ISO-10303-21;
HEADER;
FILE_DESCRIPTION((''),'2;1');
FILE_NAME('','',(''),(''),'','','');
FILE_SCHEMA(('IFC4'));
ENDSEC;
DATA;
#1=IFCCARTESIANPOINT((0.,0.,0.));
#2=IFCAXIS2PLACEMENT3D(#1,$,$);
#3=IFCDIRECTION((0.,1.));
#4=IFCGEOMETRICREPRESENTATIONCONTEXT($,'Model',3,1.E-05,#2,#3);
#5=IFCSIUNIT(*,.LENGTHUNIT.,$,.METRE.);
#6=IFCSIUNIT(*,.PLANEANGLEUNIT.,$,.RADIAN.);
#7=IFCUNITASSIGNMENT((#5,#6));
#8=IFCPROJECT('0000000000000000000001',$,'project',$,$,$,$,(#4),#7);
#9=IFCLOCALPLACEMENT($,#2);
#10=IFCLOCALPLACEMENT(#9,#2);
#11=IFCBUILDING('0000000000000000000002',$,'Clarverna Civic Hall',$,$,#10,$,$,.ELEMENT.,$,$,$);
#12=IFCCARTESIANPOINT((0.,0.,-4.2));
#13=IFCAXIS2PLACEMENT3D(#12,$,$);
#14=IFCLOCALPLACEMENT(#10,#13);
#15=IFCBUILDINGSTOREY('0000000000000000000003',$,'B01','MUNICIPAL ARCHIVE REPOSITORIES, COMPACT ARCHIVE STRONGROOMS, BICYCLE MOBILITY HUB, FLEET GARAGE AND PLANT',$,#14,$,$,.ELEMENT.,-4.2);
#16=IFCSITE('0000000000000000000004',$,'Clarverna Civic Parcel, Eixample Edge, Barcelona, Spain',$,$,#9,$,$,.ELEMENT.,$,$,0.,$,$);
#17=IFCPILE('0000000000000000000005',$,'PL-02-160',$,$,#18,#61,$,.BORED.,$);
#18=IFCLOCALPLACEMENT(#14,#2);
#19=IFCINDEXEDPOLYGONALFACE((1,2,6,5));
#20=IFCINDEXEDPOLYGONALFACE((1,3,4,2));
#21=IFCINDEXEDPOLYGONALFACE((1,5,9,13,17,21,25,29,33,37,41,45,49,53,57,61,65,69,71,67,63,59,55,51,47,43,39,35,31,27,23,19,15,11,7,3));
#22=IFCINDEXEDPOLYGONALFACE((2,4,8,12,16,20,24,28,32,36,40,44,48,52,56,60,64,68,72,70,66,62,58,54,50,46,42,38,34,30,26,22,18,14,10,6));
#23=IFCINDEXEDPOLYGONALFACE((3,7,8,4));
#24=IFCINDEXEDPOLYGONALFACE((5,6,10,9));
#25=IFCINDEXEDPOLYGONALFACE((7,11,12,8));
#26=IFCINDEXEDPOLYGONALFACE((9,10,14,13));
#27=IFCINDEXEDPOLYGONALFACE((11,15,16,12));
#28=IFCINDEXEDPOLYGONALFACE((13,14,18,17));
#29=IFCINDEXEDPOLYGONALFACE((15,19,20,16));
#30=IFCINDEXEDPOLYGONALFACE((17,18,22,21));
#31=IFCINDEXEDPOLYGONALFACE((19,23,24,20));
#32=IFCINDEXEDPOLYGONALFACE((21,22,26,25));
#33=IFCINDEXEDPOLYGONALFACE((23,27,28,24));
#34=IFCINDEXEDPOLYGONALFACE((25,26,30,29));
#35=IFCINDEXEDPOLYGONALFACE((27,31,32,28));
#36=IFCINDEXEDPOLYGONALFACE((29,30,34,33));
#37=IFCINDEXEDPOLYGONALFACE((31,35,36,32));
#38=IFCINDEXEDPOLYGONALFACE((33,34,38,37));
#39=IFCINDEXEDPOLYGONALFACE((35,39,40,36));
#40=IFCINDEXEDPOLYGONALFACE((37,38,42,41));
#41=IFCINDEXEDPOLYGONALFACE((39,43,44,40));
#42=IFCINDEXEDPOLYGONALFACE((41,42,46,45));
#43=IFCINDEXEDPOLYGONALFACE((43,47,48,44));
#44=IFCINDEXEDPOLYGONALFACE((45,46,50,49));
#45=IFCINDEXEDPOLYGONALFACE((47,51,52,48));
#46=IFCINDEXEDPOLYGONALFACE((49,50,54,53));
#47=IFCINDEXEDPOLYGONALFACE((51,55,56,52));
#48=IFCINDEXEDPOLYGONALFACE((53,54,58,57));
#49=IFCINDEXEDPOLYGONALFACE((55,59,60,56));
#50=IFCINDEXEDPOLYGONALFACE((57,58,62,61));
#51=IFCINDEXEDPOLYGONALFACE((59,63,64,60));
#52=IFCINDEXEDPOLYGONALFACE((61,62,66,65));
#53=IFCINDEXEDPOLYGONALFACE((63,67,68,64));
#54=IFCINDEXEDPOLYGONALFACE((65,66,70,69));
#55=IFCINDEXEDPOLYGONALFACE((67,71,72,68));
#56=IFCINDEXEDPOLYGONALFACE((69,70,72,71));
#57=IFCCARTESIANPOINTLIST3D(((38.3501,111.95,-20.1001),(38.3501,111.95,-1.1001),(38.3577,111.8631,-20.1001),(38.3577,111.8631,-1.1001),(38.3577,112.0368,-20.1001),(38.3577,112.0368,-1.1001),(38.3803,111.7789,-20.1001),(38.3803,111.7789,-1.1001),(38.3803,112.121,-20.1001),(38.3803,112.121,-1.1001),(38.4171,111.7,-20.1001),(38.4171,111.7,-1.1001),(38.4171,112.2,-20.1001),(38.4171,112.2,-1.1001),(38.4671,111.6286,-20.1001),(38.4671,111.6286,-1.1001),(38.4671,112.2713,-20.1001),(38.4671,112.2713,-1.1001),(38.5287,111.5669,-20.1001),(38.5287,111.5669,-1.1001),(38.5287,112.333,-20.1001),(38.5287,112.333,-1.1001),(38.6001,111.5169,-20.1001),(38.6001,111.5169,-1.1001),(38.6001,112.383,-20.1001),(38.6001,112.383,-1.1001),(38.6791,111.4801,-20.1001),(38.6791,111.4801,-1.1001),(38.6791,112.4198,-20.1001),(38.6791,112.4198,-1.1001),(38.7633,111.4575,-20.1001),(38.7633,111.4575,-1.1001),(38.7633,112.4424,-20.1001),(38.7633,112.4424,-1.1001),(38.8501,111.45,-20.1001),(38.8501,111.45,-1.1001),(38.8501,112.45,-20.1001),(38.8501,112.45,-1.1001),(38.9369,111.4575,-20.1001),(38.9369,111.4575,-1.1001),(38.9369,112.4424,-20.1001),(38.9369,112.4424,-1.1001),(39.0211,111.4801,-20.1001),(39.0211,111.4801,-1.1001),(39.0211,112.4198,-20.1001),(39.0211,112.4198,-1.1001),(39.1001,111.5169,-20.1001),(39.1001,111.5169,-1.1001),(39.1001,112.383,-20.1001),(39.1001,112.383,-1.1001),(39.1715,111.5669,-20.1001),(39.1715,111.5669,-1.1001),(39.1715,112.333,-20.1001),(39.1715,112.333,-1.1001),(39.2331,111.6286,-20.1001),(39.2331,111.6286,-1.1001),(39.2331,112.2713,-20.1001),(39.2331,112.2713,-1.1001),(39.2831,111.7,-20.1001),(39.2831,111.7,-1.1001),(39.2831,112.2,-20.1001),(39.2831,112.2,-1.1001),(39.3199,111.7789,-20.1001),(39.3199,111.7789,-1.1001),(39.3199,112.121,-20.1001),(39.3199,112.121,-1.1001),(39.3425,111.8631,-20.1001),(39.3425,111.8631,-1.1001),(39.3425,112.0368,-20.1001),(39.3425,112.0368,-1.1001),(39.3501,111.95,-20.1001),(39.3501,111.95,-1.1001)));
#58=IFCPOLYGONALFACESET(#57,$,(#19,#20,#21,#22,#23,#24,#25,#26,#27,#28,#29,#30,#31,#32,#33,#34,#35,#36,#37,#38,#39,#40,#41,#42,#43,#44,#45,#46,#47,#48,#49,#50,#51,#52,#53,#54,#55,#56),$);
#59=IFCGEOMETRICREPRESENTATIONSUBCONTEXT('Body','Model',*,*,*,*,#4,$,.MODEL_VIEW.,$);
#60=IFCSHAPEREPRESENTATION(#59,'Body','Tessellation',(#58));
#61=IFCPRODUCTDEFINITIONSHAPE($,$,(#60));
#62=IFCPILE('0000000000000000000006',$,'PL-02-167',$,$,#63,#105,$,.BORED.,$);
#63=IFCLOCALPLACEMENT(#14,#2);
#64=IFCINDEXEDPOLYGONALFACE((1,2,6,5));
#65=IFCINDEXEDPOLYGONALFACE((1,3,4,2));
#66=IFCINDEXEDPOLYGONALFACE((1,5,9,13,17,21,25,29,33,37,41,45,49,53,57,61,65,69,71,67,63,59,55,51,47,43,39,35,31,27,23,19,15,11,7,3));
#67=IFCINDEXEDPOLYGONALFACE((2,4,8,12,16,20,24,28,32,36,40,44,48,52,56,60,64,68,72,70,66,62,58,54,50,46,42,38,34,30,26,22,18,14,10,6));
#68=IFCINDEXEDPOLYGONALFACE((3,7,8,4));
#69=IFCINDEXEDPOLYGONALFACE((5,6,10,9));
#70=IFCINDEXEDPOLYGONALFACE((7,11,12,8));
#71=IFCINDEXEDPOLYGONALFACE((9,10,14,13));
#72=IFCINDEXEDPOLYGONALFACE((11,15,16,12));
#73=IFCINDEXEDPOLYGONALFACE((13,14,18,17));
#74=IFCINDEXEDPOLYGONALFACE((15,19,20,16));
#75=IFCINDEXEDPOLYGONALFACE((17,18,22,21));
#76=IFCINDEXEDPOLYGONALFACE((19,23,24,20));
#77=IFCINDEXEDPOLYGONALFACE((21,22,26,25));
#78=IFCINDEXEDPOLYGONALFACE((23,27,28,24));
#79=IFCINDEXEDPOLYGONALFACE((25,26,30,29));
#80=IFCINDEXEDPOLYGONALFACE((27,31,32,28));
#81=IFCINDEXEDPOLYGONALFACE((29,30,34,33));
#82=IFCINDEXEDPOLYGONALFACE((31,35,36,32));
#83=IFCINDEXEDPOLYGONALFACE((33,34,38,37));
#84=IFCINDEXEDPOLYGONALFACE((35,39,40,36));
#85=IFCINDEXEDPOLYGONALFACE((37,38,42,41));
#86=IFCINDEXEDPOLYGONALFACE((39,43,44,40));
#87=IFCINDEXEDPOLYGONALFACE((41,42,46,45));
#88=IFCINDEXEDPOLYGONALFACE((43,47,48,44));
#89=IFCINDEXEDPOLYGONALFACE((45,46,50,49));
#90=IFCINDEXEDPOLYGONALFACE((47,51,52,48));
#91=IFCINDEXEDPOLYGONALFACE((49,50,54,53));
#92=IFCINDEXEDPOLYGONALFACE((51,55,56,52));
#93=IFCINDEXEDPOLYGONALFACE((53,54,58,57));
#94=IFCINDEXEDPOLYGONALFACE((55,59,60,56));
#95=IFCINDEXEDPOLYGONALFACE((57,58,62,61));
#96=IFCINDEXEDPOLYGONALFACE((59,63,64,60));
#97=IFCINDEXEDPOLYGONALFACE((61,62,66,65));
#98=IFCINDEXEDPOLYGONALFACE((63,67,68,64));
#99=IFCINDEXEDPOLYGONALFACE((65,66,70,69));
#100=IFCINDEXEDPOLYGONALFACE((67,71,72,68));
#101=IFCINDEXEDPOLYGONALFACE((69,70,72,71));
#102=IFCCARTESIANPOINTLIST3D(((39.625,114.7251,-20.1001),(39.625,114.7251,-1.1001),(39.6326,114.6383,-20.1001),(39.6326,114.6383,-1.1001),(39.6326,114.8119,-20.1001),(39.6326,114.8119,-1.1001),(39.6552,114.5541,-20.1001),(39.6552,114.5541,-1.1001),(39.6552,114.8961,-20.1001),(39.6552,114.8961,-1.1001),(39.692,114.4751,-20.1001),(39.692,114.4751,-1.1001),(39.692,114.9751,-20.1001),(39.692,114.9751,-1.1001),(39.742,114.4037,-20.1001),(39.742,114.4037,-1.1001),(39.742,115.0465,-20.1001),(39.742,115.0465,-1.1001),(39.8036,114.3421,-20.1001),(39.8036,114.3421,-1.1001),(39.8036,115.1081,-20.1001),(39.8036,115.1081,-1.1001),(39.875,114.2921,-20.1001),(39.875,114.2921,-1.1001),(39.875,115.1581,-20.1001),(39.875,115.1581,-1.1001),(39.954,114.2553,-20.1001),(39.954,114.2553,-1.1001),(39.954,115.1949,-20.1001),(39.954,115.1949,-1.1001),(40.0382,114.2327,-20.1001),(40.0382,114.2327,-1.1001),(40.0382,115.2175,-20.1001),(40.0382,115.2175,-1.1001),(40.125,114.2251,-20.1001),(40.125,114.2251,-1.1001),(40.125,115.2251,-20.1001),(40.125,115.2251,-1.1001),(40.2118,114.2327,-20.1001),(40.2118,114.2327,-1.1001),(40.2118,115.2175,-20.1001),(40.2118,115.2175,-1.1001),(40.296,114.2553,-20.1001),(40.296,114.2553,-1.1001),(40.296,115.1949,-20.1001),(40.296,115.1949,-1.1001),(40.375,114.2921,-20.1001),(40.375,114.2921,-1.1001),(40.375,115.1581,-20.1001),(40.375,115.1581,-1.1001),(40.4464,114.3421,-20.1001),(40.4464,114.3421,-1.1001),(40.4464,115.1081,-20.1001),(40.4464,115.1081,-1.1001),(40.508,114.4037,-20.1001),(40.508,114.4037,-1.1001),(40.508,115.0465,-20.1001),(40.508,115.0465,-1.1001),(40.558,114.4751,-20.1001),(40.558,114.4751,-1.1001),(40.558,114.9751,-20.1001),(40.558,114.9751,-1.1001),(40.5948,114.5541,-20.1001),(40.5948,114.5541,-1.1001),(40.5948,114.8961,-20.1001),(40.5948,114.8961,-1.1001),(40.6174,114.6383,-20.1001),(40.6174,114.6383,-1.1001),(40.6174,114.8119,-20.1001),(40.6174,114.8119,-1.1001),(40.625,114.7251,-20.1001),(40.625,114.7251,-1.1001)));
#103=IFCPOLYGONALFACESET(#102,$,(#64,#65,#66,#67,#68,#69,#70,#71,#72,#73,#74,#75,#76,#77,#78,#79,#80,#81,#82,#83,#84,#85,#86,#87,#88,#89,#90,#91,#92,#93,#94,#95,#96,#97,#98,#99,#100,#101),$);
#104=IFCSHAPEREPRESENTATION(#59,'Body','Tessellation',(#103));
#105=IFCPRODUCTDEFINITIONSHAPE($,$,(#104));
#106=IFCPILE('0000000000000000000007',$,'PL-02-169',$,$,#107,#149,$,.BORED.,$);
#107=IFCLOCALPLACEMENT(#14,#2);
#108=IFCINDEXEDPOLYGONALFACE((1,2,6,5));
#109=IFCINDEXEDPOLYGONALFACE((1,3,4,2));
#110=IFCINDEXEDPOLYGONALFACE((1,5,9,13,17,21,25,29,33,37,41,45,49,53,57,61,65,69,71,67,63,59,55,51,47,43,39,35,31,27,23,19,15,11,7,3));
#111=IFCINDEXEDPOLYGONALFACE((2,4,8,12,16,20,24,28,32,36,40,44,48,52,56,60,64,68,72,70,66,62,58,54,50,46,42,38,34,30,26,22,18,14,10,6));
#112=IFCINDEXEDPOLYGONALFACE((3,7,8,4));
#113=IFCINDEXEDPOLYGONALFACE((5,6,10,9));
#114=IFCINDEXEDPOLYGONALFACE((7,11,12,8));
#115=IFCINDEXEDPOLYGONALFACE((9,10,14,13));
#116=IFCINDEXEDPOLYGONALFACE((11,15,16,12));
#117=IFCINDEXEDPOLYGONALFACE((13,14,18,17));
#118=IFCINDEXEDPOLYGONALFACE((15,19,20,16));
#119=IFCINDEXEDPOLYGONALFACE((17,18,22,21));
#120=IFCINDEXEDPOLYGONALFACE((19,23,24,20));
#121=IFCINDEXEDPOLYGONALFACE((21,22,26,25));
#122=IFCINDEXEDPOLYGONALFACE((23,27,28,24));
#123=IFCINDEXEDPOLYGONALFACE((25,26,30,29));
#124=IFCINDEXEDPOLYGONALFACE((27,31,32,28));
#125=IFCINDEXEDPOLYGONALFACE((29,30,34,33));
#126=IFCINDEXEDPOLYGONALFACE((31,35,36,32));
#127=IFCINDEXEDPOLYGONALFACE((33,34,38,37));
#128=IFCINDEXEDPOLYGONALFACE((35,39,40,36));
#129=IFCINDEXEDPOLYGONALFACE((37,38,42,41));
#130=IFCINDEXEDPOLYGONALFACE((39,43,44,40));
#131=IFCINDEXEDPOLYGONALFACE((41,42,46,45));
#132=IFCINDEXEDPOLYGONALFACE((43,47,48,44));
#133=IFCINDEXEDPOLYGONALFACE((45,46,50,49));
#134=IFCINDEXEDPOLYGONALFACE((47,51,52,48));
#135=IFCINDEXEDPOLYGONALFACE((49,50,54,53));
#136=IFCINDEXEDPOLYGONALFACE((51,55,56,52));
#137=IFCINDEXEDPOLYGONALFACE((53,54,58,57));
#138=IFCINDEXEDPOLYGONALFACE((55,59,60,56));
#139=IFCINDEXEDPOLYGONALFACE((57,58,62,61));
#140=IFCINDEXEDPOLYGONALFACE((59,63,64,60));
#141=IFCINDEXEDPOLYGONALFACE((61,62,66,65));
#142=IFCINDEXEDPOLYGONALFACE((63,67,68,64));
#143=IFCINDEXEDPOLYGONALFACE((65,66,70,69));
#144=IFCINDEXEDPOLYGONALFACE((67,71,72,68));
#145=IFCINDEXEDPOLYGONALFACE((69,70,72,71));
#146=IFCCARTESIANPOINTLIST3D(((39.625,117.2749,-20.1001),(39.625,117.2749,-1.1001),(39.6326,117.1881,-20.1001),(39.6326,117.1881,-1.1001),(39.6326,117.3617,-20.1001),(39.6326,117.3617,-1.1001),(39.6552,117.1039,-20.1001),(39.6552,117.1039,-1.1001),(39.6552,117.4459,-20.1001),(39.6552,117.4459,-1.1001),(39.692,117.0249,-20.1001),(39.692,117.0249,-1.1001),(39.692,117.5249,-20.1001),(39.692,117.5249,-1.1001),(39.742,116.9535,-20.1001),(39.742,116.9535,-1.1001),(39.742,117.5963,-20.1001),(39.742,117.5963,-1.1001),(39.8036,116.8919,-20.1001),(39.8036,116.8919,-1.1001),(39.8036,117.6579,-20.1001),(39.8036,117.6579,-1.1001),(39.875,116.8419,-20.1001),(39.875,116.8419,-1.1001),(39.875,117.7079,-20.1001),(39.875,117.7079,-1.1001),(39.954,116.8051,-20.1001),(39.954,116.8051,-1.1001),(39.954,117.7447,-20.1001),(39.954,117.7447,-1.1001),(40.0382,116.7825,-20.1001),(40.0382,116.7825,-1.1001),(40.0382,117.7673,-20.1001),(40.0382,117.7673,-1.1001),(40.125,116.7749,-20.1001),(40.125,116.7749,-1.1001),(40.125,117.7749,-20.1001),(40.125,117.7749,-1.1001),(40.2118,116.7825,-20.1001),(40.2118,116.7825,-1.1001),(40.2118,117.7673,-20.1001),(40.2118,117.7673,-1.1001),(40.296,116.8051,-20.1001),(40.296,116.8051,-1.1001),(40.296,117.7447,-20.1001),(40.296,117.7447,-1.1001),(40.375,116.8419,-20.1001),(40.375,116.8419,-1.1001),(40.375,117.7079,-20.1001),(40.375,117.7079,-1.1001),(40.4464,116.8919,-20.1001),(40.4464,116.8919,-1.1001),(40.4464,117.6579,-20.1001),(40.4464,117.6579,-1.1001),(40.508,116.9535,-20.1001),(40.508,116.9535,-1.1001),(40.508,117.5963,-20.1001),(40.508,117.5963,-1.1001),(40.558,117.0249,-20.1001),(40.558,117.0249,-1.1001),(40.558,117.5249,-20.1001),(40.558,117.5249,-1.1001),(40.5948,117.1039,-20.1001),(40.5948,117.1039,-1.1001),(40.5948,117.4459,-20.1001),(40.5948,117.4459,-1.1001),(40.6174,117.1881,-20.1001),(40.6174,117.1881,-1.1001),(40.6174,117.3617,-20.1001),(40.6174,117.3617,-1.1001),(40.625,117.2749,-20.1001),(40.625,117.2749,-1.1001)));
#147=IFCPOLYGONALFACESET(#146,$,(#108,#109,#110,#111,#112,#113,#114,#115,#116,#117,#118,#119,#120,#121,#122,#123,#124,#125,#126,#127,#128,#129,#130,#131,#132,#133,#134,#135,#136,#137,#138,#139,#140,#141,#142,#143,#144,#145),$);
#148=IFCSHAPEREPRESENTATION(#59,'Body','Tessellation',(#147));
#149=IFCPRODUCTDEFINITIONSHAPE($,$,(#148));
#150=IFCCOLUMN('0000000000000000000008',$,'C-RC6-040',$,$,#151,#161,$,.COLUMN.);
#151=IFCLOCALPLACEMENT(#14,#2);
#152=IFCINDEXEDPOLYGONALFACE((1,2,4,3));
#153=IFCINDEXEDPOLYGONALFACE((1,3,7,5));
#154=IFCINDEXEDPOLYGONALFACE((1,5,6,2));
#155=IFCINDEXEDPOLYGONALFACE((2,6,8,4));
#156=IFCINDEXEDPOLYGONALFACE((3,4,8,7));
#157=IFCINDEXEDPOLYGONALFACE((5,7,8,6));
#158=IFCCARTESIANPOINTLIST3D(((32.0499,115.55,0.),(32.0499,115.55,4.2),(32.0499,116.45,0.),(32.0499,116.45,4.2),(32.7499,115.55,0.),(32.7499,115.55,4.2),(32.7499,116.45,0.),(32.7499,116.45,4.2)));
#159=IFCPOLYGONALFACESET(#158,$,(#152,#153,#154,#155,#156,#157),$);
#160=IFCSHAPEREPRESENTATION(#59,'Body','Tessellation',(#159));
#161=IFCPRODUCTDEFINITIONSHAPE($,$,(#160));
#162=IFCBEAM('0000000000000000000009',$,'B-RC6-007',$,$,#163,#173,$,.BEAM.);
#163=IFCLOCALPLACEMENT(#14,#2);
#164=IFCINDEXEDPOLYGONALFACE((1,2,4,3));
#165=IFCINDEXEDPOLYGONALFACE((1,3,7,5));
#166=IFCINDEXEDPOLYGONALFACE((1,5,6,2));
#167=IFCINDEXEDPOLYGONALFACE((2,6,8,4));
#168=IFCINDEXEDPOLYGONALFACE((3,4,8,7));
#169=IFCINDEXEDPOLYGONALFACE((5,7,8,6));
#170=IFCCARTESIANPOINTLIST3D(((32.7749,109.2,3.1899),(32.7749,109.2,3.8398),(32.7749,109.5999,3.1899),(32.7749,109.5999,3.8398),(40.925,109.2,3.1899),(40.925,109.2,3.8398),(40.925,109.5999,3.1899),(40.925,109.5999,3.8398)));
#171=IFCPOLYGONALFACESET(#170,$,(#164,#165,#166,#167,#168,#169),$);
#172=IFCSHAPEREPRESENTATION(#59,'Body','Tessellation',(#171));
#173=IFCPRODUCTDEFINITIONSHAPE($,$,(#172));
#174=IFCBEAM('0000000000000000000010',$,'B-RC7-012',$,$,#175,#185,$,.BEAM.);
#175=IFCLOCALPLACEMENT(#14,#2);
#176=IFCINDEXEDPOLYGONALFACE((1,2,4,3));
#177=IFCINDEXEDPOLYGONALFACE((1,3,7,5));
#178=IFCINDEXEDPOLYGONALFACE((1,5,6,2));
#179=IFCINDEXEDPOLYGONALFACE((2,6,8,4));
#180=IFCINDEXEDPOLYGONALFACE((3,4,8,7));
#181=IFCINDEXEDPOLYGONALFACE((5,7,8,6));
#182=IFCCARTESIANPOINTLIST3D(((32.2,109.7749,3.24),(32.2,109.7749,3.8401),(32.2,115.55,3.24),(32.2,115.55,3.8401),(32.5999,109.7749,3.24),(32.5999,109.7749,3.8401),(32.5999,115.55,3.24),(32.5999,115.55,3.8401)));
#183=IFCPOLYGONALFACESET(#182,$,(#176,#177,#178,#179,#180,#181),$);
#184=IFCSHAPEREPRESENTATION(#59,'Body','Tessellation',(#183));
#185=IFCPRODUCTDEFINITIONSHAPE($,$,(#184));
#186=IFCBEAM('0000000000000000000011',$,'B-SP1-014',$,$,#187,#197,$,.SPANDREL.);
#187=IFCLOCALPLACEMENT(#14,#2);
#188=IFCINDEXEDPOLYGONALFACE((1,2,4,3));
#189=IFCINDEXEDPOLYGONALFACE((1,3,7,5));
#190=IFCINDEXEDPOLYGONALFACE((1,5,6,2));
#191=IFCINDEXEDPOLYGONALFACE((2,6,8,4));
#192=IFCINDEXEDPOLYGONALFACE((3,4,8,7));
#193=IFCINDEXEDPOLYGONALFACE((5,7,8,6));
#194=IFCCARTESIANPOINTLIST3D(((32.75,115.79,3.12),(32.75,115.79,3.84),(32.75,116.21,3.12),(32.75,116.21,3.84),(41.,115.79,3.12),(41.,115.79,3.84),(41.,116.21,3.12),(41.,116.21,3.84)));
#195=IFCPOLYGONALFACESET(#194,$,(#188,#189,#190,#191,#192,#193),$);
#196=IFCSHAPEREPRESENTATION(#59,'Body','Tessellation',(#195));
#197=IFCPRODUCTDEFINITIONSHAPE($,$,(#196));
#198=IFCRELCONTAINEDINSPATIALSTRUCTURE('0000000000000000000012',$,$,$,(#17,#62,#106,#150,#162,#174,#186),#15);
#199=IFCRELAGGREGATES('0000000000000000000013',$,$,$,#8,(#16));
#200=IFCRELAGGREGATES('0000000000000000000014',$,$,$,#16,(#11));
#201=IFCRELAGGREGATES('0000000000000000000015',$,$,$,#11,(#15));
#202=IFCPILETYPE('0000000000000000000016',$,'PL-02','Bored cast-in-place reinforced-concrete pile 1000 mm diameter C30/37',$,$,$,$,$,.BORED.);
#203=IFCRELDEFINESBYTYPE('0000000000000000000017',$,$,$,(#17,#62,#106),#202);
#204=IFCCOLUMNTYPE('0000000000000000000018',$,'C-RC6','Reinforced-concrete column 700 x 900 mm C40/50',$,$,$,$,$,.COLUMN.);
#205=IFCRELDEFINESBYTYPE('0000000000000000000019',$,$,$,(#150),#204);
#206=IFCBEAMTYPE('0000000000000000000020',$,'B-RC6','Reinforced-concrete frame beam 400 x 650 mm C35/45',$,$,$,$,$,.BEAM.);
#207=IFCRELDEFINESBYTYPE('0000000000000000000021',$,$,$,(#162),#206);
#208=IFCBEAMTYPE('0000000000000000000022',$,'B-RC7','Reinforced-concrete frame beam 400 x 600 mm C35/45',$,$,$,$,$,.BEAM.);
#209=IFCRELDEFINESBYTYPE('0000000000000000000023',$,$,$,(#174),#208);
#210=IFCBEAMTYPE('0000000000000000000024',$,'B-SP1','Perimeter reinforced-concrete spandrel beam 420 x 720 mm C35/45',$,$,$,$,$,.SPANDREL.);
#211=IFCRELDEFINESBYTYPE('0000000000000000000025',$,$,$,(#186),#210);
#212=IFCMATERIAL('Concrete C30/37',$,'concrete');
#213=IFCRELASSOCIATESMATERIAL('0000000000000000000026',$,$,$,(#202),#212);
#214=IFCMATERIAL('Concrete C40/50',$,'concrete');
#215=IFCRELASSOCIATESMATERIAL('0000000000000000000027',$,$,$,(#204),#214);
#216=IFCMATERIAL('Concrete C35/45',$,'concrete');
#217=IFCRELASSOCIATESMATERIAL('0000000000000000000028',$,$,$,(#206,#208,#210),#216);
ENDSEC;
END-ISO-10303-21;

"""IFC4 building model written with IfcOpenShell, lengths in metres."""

from ifc_helpers import new_model, si_unit, direction, frame, origin, origin_2d, place, context, subcontext, project, spatial, rectangle, circle, extrude, material, material_profile, profile_set, type_object, element, save


model = new_model("IFC4")

# Units and contexts
model_context = context("Model", 3, precision=1e-05, world=origin(), true_north=direction((0.0, 1.0)))
body_context = subcontext(model_context, "Body", "Model", "MODEL_VIEW")
ifc_project = project(units=[si_unit("LENGTHUNIT", "METRE"), si_unit("PLANEANGLEUNIT", "RADIAN")], contexts=[model_context])

# Site, building, storey
site_placement = place(None, origin())
site = spatial("IfcSite", under=ifc_project, at=site_placement, Name="Clarverna Civic Parcel, Eixample Edge, Barcelona, Spain", CompositionType="ELEMENT", RefElevation=0.0)
building_placement = place(site_placement, origin())
building = spatial("IfcBuilding", under=site, at=building_placement, Name="Clarverna Civic Hall", CompositionType="ELEMENT")
storey_placement = place(building_placement, frame((0.0, 0.0, -4.2)))
storey = spatial("IfcBuildingStorey", under=building, at=storey_placement, Name="B01", Description="MUNICIPAL ARCHIVE REPOSITORIES, COMPACT ARCHIVE STRONGROOMS, BICYCLE MOBILITY HUB, FLEET GARAGE AND PLANT", CompositionType="ELEMENT", Elevation=-4.2)

# Shared definitions
ifc_material_1 = material(Name="Concrete C30/37", Category="concrete")

# Piles
ifc_material_profile_1 = material_profile(ifc_material_1, circle(Radius=0.5, at=origin_2d()), Name="BORED PILE D1000")
ifc_profile_set_1 = profile_set([ifc_material_profile_1], Name="Concrete C30/37")
pile_type = type_object("IfcPileType", Name="PL-02", Description="Bored cast-in-place reinforced-concrete pile 1000 mm diameter C30/37", PredefinedType="BORED", material=ifc_profile_set_1)
for number, where, z_axis, x_axis, name in (
    (1, (38.8501, 111.95, -1.1001), (0.0, 0.0, -1.0), (1.0, 0.0, 0.0), "PL-02-160"),
    (2, (40.125, 114.7251, -1.1001), (0.0, 0.0, -1.0), (1.0, 0.0, 0.0), "PL-02-167"),
    (3, (40.125, 117.2749, -1.1001), (0.0, 0.0, -1.0), (1.0, 0.0, 0.0), "PL-02-169"),
):
    element("IfcPile", number, at=place(storey_placement, frame(where, z_axis=z_axis, x_axis=x_axis)), inside=storey, type_object=pile_type, Name=name, PredefinedType="BORED", context=body_context, shape_type="SweptSolid", body=[
        extrude(circle(Radius=0.5, at=origin_2d()), origin(), (0.0, 0.0, 1.0), 19.0),
    ])

# Column
ifc_material_2 = material(Name="Concrete C40/50", Category="concrete")
ifc_material_profile_2 = material_profile(ifc_material_2, rectangle(XDim=0.7, YDim=0.8999, at=origin_2d()), Name="RC 700x900")
ifc_profile_set_2 = profile_set([ifc_material_profile_2], Name="Concrete C40/50")
column_type = type_object("IfcColumnType", Name="C-RC6", Description="Reinforced-concrete column 700 x 900 mm C40/50", PredefinedType="COLUMN", material=ifc_profile_set_2)
column_placement = place(storey_placement, frame((32.3999, 116.0, 0.0), z_axis=(0.0, 0.0, 1.0), x_axis=(1.0, 0.0, 0.0)))
element("IfcColumn", 4, at=column_placement, inside=storey, type_object=column_type, Name="C-RC6-040", PredefinedType="COLUMN", context=body_context, shape_type="SweptSolid", body=[
    extrude(rectangle(XDim=0.7, YDim=0.8999, at=origin_2d()), origin(), (0.0, 0.0, 1.0), 4.2),
])

# Beams
ifc_material_3 = material(Name="Concrete C35/45", Category="concrete")
ifc_material_profile_3 = material_profile(ifc_material_3, rectangle(XDim=0.3999, YDim=0.6499, at=origin_2d()), Name="RC 400x650")
ifc_profile_set_3 = profile_set([ifc_material_profile_3], Name="Concrete C35/45")
beam_type_1 = type_object("IfcBeamType", Name="B-RC6", Description="Reinforced-concrete frame beam 400 x 650 mm C35/45", PredefinedType="BEAM", material=ifc_profile_set_3)
beam_1_placement = place(storey_placement, frame((32.7749, 109.3999, 3.5149), z_axis=(1.0, 0.0, 0.0), x_axis=(0.0, 1.0, 0.0)))
element("IfcBeam", 5, at=beam_1_placement, inside=storey, type_object=beam_type_1, Name="B-RC6-007", PredefinedType="BEAM", context=body_context, shape_type="SweptSolid", body=[
    extrude(rectangle(XDim=0.3999, YDim=0.6499, at=origin_2d()), origin(), (0.0, 0.0, 1.0), 8.1501),
])
ifc_material_profile_4 = material_profile(ifc_material_3, rectangle(XDim=0.3999, YDim=0.6001, at=origin_2d()), Name="RC 400x600")
ifc_profile_set_4 = profile_set([ifc_material_profile_4], Name="Concrete C35/45")
beam_type_2 = type_object("IfcBeamType", Name="B-RC7", Description="Reinforced-concrete frame beam 400 x 600 mm C35/45", PredefinedType="BEAM", material=ifc_profile_set_4)
beam_2_placement = place(storey_placement, frame((32.3999, 109.7749, 3.54), z_axis=(0.0, 1.0, 0.0), x_axis=(-1.0, 0.0, 0.0)))
element("IfcBeam", 6, at=beam_2_placement, inside=storey, type_object=beam_type_2, Name="B-RC7-012", PredefinedType="BEAM", context=body_context, shape_type="SweptSolid", body=[
    extrude(rectangle(XDim=0.3999, YDim=0.6001, at=origin_2d()), origin(), (0.0, 0.0, 1.0), 5.7751),
])
ifc_material_profile_5 = material_profile(ifc_material_3, rectangle(XDim=0.4199, YDim=0.72, at=origin_2d()), Name="RC 420x720")
ifc_profile_set_5 = profile_set([ifc_material_profile_5], Name="Concrete C35/45")
beam_type_3 = type_object("IfcBeamType", Name="B-SP1", Description="Perimeter reinforced-concrete spandrel beam 420 x 720 mm C35/45", PredefinedType="SPANDREL", material=ifc_profile_set_5)
beam_3_placement = place(storey_placement, frame((32.75, 116.0, 3.48), z_axis=(1.0, 0.0, 0.0), x_axis=(0.0, 1.0, 0.0)))
element("IfcBeam", 7, at=beam_3_placement, inside=storey, type_object=beam_type_3, Name="B-SP1-014", PredefinedType="SPANDREL", context=body_context, shape_type="SweptSolid", body=[
    extrude(rectangle(XDim=0.4199, YDim=0.72, at=origin_2d()), origin(), (0.0, 0.0, 1.0), 8.25),
])

save(model, "model.ifc")
